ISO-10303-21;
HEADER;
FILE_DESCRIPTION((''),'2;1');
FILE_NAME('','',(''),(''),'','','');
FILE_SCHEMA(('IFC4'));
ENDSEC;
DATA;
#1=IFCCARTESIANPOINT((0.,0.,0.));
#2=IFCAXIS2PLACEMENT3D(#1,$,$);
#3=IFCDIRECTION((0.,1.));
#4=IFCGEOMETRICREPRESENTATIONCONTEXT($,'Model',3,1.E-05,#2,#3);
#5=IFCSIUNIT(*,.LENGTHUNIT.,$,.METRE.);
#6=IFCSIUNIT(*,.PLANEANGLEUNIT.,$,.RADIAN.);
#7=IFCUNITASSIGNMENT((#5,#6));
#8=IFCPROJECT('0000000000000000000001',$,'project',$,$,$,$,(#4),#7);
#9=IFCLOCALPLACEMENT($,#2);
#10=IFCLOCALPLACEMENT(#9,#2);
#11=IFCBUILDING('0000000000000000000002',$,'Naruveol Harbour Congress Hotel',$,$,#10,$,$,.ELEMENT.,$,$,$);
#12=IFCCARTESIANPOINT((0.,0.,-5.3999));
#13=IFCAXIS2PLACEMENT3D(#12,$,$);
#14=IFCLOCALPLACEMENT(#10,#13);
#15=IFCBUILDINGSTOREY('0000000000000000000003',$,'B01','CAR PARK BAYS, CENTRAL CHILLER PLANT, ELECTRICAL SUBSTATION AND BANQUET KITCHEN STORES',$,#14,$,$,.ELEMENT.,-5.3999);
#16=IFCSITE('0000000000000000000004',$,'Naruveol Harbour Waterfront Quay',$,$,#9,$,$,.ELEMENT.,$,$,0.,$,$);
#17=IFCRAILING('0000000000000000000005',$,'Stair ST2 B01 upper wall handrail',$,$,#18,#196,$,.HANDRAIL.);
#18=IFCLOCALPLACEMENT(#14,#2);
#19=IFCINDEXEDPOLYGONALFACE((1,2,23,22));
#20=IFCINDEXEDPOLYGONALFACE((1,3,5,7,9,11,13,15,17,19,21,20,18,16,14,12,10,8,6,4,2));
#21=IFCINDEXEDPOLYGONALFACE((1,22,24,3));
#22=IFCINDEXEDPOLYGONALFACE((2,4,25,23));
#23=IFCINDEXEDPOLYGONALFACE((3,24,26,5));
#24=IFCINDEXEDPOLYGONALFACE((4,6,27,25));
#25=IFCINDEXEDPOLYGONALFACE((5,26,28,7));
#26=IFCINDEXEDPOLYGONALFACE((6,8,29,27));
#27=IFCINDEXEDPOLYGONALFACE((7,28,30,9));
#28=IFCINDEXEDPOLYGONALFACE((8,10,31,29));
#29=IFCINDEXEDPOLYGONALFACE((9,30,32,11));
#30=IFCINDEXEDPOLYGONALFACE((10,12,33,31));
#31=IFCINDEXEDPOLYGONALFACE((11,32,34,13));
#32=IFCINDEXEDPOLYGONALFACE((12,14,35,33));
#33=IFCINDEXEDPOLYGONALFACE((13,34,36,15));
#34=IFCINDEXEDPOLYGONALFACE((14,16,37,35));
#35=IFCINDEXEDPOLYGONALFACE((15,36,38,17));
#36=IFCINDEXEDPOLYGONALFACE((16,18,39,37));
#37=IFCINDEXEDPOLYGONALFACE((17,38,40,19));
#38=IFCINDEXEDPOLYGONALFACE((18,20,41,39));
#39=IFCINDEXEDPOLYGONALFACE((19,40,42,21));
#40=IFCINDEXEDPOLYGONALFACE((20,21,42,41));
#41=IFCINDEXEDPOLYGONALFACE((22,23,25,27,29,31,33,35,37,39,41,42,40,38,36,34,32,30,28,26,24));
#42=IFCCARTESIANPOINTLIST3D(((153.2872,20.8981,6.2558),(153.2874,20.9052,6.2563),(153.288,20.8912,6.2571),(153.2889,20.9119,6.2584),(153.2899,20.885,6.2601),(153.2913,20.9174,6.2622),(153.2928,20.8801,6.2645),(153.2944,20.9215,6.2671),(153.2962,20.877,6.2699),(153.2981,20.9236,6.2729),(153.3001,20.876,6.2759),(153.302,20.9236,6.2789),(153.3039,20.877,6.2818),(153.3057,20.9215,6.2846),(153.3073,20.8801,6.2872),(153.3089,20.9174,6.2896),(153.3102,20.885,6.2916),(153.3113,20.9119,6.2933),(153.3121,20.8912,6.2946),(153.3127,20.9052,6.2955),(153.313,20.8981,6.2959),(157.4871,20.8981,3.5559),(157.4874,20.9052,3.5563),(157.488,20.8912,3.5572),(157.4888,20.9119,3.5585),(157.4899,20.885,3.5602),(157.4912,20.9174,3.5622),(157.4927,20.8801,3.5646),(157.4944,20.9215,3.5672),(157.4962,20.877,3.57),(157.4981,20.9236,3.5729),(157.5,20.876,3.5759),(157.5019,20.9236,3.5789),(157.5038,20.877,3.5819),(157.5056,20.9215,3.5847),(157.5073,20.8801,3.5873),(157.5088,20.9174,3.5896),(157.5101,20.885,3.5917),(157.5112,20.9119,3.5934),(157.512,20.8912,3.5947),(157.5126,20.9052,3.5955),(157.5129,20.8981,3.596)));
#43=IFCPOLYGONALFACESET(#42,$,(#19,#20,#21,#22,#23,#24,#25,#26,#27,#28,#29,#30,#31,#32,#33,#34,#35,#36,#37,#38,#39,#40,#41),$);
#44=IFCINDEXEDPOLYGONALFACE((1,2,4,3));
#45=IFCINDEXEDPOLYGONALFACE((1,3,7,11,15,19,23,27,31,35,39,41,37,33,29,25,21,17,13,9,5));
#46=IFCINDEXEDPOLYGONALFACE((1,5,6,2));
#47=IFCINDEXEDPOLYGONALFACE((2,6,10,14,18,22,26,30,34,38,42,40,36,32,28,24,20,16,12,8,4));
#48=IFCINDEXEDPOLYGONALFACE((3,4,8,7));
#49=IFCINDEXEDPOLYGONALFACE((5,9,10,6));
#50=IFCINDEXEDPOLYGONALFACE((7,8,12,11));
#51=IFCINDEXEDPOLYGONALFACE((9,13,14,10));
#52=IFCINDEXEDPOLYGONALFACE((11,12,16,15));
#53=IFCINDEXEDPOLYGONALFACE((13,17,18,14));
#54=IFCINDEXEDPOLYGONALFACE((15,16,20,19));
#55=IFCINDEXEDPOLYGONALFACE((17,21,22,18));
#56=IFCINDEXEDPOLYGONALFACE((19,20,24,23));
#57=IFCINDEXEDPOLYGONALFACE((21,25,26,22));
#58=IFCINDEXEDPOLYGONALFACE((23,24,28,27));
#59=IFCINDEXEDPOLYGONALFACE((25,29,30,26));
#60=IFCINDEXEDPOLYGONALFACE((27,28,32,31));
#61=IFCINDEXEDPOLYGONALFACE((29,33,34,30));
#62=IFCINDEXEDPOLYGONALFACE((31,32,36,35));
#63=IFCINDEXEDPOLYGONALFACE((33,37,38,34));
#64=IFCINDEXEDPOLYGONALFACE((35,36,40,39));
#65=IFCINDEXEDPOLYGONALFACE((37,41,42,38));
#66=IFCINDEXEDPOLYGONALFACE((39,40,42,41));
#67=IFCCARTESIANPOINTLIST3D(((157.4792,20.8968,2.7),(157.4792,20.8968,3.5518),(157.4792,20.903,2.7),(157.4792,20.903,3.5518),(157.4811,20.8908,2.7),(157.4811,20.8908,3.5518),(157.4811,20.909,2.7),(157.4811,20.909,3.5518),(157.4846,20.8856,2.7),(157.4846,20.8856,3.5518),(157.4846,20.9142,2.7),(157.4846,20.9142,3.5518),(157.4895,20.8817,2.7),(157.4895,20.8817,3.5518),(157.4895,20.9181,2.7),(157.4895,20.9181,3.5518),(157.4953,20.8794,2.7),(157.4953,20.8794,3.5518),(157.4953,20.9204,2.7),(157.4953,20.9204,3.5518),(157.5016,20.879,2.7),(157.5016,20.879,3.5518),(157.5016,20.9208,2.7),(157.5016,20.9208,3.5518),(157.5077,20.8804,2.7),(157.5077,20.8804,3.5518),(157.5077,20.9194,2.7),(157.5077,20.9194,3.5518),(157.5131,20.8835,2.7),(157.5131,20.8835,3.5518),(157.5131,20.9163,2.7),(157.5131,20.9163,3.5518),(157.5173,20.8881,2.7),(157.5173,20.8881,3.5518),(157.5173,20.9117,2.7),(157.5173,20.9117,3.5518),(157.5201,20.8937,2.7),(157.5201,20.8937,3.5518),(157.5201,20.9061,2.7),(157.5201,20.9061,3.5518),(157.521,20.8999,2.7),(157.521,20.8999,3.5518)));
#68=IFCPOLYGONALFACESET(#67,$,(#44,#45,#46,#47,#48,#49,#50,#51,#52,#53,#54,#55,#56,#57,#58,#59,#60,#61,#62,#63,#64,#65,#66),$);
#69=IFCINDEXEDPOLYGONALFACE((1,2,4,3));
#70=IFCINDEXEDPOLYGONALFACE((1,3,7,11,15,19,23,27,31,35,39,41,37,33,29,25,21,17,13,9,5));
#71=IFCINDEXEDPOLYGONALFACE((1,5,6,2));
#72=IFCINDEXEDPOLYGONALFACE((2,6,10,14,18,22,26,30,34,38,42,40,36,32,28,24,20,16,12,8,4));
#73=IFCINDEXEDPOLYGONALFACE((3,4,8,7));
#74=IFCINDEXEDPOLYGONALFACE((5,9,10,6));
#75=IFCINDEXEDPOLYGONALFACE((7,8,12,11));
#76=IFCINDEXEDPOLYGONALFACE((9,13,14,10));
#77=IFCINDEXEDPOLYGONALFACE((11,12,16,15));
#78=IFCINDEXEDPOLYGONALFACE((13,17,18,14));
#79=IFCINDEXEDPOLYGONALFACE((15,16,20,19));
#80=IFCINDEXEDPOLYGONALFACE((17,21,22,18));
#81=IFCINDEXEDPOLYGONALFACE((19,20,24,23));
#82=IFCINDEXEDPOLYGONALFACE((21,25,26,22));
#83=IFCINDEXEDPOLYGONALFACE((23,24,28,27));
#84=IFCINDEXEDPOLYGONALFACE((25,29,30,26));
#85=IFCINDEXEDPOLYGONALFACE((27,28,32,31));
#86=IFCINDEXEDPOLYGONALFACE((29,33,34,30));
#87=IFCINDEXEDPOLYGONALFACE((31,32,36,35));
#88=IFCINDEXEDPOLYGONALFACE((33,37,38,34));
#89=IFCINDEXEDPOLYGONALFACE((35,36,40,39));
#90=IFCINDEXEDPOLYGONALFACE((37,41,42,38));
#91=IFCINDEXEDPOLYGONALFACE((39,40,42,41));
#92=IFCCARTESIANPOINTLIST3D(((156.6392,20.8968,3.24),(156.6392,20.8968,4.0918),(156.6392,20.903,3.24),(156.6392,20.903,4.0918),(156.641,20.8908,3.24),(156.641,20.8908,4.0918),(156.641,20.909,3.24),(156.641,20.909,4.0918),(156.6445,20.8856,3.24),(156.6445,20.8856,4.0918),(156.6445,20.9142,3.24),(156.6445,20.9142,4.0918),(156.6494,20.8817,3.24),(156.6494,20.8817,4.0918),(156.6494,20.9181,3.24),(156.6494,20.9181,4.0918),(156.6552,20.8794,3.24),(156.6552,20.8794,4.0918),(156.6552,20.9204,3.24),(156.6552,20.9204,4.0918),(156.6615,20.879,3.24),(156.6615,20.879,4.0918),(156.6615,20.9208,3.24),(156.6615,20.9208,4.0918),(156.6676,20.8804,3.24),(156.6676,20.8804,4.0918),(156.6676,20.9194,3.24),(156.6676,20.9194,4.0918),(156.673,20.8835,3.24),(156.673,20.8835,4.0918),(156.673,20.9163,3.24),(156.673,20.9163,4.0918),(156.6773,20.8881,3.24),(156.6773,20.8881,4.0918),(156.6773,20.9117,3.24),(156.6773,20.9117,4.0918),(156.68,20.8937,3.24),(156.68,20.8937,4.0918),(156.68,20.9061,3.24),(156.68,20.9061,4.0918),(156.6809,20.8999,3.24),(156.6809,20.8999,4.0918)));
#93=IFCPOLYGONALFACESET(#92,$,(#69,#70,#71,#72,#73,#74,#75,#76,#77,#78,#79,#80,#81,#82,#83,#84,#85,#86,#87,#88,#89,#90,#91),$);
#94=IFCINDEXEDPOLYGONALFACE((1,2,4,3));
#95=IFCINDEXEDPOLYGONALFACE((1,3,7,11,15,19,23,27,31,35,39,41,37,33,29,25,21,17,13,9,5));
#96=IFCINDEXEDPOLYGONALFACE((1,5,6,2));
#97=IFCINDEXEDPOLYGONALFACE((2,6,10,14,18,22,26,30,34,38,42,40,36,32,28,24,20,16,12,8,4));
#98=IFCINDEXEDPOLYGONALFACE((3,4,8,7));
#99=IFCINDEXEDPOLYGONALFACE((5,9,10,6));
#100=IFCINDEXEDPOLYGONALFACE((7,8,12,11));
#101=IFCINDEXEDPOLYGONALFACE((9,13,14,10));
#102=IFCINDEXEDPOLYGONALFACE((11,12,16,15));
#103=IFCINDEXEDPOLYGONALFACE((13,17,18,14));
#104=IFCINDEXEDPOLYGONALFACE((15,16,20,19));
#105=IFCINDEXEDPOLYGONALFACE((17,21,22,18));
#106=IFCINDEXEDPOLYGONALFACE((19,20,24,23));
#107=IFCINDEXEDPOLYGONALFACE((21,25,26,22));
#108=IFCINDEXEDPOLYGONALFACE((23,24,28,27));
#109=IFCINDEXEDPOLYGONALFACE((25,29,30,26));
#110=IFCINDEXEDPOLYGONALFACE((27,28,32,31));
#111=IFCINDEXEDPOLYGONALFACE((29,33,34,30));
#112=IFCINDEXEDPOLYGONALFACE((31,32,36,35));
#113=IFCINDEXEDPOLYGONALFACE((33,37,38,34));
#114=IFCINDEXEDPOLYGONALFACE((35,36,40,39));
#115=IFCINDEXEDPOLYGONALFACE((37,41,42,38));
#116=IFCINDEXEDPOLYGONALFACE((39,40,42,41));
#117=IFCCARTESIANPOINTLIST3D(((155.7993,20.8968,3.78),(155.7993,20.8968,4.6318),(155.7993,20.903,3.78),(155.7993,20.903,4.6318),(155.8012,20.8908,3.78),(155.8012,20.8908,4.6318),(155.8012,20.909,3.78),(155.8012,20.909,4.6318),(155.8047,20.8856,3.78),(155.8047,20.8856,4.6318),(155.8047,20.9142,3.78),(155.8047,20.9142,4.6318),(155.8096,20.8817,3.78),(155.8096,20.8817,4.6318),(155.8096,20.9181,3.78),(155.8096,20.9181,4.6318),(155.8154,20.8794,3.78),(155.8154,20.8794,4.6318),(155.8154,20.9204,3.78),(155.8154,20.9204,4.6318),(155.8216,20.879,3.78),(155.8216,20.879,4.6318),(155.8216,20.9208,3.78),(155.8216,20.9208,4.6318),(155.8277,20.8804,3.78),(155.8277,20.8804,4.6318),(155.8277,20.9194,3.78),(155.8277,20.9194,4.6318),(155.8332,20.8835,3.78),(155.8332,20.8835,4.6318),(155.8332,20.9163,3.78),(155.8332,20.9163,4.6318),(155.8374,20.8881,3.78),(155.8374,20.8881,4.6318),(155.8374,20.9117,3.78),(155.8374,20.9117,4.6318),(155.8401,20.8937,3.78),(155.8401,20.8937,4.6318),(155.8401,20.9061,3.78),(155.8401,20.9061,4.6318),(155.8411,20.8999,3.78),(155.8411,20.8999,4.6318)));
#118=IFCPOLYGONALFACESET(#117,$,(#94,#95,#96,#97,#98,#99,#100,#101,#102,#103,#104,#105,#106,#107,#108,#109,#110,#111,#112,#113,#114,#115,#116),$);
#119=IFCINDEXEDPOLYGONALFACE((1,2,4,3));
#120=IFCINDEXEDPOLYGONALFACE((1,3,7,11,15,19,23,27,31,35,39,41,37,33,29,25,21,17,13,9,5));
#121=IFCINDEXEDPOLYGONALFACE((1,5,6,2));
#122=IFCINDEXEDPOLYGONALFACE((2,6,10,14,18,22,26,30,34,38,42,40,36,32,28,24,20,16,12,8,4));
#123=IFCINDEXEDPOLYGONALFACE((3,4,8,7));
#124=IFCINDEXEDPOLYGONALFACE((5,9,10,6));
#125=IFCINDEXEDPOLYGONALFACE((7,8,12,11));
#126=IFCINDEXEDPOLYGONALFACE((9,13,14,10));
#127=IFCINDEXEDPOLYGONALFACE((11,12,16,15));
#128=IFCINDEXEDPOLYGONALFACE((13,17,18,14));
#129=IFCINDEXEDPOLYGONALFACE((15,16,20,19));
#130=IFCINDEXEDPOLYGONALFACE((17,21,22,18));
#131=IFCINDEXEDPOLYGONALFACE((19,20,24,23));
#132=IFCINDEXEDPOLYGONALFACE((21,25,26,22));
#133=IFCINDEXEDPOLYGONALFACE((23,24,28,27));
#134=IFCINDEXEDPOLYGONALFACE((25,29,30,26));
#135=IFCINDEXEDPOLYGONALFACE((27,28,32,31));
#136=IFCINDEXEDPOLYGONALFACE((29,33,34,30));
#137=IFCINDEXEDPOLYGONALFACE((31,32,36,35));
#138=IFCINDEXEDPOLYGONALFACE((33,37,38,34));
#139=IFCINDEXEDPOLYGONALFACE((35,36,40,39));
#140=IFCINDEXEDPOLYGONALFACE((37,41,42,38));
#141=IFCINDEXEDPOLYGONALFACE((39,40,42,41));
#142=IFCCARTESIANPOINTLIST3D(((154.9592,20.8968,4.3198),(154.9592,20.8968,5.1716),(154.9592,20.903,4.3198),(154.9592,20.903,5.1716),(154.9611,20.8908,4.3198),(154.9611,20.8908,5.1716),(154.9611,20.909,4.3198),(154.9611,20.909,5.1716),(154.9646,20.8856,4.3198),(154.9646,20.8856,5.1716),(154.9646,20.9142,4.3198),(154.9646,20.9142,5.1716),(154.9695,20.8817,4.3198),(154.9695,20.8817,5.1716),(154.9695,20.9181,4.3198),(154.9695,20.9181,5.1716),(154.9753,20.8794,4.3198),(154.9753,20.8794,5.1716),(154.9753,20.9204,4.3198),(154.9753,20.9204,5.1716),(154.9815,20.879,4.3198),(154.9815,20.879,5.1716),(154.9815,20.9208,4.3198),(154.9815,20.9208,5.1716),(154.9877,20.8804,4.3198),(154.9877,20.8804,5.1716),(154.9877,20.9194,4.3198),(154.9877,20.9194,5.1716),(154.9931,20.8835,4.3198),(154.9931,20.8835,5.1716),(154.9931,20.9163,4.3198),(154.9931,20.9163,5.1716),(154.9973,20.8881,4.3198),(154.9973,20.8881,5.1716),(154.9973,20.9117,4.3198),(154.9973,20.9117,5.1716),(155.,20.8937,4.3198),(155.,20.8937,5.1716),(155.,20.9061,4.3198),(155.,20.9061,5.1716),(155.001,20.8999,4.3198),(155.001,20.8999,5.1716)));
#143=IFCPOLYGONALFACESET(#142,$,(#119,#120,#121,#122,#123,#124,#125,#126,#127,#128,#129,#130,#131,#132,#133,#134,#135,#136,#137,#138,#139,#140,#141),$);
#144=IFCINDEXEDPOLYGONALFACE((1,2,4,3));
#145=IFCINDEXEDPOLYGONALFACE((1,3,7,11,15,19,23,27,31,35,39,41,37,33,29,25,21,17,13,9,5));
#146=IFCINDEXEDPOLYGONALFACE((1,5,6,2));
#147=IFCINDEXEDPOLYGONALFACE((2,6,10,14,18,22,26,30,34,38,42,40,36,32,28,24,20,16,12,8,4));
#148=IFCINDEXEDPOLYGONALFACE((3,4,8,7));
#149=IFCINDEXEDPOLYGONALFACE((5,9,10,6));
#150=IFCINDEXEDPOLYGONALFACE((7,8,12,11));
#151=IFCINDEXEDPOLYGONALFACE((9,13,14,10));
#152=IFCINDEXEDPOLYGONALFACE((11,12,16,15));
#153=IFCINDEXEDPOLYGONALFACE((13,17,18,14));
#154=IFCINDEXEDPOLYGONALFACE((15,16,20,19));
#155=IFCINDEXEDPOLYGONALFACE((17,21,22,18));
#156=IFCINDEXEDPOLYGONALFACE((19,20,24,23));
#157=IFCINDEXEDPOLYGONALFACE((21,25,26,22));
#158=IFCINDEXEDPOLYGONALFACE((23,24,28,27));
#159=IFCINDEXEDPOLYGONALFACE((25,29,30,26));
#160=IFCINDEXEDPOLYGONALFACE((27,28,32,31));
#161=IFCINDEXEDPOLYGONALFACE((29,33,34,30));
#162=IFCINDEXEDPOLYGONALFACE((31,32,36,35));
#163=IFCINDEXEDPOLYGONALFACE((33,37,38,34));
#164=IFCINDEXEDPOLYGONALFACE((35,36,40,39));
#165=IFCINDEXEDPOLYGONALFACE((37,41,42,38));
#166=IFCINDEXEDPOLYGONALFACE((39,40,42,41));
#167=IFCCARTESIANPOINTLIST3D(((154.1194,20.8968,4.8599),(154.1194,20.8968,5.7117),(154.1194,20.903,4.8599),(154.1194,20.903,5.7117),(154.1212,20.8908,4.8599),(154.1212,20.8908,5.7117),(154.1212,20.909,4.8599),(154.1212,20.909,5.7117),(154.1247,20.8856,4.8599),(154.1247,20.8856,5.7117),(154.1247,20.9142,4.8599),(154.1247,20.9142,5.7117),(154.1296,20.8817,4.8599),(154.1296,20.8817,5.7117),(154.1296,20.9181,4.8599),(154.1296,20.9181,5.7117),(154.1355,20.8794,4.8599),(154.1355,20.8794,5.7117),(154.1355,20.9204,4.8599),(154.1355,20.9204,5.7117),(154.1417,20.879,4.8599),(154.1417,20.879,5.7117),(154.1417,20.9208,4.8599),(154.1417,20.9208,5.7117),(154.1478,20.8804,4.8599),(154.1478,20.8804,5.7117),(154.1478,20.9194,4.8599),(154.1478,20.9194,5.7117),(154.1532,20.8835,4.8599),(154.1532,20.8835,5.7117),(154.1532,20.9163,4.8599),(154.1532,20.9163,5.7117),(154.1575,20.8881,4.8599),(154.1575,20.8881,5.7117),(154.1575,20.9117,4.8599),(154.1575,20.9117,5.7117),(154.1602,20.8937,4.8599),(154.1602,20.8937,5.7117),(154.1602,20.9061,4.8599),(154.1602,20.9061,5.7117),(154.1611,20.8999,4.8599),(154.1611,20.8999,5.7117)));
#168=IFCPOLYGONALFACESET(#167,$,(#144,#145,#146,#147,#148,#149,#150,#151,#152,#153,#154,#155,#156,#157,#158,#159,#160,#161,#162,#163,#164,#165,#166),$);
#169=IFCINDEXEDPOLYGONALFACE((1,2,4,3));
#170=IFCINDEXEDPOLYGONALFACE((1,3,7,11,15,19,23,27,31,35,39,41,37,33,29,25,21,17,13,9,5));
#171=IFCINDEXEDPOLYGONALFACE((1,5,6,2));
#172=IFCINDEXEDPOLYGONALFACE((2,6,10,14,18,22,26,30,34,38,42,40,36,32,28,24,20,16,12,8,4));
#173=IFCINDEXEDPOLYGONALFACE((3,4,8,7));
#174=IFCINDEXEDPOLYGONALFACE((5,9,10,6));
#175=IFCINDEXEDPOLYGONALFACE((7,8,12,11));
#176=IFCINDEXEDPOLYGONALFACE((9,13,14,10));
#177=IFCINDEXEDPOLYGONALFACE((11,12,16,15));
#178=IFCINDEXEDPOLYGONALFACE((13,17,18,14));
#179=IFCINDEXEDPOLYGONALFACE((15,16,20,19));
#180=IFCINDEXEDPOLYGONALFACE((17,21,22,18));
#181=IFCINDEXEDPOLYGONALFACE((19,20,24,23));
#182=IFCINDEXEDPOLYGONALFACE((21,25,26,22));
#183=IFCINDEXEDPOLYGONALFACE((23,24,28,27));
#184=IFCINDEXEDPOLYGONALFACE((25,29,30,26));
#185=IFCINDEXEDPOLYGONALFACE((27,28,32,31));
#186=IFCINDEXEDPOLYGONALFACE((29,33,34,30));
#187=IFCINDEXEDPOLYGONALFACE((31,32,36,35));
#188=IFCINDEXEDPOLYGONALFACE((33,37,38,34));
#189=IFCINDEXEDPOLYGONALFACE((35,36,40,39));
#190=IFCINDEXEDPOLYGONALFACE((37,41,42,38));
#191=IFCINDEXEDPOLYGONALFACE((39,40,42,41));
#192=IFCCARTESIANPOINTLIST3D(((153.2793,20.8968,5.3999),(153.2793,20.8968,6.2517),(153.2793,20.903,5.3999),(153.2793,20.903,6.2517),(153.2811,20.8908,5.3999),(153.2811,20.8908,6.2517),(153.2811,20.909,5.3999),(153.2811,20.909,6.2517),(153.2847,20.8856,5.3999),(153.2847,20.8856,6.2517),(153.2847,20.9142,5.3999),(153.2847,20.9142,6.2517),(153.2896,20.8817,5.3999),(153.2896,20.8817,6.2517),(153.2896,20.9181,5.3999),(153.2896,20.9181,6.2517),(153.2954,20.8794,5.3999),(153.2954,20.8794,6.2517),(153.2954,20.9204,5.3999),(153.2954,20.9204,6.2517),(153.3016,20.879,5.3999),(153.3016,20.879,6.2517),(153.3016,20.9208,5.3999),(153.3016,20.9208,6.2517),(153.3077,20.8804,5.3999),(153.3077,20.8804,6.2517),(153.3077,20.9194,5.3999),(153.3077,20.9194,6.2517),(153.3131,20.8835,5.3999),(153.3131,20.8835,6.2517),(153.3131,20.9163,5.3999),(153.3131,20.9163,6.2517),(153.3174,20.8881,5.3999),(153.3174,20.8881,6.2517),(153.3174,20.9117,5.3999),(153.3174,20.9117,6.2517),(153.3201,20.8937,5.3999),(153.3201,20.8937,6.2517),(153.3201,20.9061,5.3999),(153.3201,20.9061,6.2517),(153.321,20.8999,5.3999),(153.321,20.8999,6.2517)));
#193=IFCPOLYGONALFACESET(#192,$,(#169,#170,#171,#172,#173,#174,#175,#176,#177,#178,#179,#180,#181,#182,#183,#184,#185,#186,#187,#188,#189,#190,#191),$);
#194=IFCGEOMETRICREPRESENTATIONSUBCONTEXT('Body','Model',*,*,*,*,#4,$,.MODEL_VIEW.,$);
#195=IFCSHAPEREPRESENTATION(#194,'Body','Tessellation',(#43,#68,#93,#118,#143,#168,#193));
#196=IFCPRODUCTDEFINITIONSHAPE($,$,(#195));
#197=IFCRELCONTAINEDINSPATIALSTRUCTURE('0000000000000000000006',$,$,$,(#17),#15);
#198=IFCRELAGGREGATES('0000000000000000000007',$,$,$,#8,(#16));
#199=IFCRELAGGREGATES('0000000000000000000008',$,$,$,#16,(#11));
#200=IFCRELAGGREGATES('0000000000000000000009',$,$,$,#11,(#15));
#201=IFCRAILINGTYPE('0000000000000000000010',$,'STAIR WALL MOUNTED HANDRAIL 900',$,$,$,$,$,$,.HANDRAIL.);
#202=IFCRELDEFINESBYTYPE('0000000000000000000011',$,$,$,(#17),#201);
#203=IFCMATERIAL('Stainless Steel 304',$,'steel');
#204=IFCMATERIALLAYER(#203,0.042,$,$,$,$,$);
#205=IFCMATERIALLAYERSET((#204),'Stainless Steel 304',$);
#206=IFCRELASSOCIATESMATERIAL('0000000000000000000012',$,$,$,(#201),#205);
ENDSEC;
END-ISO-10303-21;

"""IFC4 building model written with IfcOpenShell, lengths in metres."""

from ifc_helpers import new_model, si_unit, direction, frame, origin, origin_2d, place, context, subcontext, project, spatial, circle, extrude, material, layer, layer_set, type_object, element, save


model = new_model("IFC4")

# Units and contexts
model_context = context("Model", 3, precision=1e-05, world=origin(), true_north=direction((0.0, 1.0)))
body_context = subcontext(model_context, "Body", "Model", "MODEL_VIEW")
ifc_project = project(units=[si_unit("LENGTHUNIT", "METRE"), si_unit("PLANEANGLEUNIT", "RADIAN")], contexts=[model_context])

# Site, building, storey
site_placement = place(None, origin())
site = spatial("IfcSite", under=ifc_project, at=site_placement, Name="Naruveol Harbour Waterfront Quay", CompositionType="ELEMENT", RefElevation=0.0)
building_placement = place(site_placement, origin())
building = spatial("IfcBuilding", under=site, at=building_placement, Name="Naruveol Harbour Congress Hotel", CompositionType="ELEMENT")
storey_placement = place(building_placement, frame((0.0, 0.0, -5.3999)))
storey = spatial("IfcBuildingStorey", under=building, at=storey_placement, Name="B01", Description="CAR PARK BAYS, CENTRAL CHILLER PLANT, ELECTRICAL SUBSTATION AND BANQUET KITCHEN STORES", CompositionType="ELEMENT", Elevation=-5.3999)

# Railing
ifc_material_1 = material(Name="Stainless Steel 304", Category="steel")
ifc_layer_1 = layer(ifc_material_1, 0.042)
ifc_layer_set_1 = layer_set([ifc_layer_1], Name="Stainless Steel 304")
railing_type_1 = type_object("IfcRailingType", Name="STAIR WALL MOUNTED HANDRAIL 900", PredefinedType="HANDRAIL", material=ifc_layer_set_1)
railing_1_placement = place(storey_placement, frame((157.5, 20.8999, 2.7)))
element("IfcRailing", 1, at=railing_1_placement, inside=storey, type_object=railing_type_1, Name="Stair ST2 B01 upper wall handrail", PredefinedType="HANDRAIL", context=body_context, shape_type="SweptSolid", body=[
    extrude(circle(Radius=0.0239, at=origin_2d()), frame((0.0, 0.0, 0.876), z_axis=(-0.84118, 0.0, 0.540755), x_axis=(0.0, -1.0, 0.0)), (0.0, 0.0, 1.0), 4.9929),
    extrude(circle(Radius=0.021, at=origin_2d()), origin(), (0.0, 0.0, 1.0), 0.8518),
    extrude(circle(Radius=0.021, at=origin_2d()), frame((-0.8401, 0.0, 0.54)), (0.0, 0.0, 1.0), 0.8518),
    extrude(circle(Radius=0.021, at=origin_2d()), frame((-1.6799, 0.0, 1.0801)), (0.0, 0.0, 1.0), 0.8518),
    extrude(circle(Radius=0.021, at=origin_2d()), frame((-2.52, 0.0, 1.6199)), (0.0, 0.0, 1.0), 0.8518),
    extrude(circle(Radius=0.021, at=origin_2d()), frame((-3.3599, 0.0, 2.1599)), (0.0, 0.0, 1.0), 0.8518),
    extrude(circle(Radius=0.021, at=origin_2d()), frame((-4.2, 0.0, 2.7)), (0.0, 0.0, 1.0), 0.8518),
])

save(model, "model.ifc")
